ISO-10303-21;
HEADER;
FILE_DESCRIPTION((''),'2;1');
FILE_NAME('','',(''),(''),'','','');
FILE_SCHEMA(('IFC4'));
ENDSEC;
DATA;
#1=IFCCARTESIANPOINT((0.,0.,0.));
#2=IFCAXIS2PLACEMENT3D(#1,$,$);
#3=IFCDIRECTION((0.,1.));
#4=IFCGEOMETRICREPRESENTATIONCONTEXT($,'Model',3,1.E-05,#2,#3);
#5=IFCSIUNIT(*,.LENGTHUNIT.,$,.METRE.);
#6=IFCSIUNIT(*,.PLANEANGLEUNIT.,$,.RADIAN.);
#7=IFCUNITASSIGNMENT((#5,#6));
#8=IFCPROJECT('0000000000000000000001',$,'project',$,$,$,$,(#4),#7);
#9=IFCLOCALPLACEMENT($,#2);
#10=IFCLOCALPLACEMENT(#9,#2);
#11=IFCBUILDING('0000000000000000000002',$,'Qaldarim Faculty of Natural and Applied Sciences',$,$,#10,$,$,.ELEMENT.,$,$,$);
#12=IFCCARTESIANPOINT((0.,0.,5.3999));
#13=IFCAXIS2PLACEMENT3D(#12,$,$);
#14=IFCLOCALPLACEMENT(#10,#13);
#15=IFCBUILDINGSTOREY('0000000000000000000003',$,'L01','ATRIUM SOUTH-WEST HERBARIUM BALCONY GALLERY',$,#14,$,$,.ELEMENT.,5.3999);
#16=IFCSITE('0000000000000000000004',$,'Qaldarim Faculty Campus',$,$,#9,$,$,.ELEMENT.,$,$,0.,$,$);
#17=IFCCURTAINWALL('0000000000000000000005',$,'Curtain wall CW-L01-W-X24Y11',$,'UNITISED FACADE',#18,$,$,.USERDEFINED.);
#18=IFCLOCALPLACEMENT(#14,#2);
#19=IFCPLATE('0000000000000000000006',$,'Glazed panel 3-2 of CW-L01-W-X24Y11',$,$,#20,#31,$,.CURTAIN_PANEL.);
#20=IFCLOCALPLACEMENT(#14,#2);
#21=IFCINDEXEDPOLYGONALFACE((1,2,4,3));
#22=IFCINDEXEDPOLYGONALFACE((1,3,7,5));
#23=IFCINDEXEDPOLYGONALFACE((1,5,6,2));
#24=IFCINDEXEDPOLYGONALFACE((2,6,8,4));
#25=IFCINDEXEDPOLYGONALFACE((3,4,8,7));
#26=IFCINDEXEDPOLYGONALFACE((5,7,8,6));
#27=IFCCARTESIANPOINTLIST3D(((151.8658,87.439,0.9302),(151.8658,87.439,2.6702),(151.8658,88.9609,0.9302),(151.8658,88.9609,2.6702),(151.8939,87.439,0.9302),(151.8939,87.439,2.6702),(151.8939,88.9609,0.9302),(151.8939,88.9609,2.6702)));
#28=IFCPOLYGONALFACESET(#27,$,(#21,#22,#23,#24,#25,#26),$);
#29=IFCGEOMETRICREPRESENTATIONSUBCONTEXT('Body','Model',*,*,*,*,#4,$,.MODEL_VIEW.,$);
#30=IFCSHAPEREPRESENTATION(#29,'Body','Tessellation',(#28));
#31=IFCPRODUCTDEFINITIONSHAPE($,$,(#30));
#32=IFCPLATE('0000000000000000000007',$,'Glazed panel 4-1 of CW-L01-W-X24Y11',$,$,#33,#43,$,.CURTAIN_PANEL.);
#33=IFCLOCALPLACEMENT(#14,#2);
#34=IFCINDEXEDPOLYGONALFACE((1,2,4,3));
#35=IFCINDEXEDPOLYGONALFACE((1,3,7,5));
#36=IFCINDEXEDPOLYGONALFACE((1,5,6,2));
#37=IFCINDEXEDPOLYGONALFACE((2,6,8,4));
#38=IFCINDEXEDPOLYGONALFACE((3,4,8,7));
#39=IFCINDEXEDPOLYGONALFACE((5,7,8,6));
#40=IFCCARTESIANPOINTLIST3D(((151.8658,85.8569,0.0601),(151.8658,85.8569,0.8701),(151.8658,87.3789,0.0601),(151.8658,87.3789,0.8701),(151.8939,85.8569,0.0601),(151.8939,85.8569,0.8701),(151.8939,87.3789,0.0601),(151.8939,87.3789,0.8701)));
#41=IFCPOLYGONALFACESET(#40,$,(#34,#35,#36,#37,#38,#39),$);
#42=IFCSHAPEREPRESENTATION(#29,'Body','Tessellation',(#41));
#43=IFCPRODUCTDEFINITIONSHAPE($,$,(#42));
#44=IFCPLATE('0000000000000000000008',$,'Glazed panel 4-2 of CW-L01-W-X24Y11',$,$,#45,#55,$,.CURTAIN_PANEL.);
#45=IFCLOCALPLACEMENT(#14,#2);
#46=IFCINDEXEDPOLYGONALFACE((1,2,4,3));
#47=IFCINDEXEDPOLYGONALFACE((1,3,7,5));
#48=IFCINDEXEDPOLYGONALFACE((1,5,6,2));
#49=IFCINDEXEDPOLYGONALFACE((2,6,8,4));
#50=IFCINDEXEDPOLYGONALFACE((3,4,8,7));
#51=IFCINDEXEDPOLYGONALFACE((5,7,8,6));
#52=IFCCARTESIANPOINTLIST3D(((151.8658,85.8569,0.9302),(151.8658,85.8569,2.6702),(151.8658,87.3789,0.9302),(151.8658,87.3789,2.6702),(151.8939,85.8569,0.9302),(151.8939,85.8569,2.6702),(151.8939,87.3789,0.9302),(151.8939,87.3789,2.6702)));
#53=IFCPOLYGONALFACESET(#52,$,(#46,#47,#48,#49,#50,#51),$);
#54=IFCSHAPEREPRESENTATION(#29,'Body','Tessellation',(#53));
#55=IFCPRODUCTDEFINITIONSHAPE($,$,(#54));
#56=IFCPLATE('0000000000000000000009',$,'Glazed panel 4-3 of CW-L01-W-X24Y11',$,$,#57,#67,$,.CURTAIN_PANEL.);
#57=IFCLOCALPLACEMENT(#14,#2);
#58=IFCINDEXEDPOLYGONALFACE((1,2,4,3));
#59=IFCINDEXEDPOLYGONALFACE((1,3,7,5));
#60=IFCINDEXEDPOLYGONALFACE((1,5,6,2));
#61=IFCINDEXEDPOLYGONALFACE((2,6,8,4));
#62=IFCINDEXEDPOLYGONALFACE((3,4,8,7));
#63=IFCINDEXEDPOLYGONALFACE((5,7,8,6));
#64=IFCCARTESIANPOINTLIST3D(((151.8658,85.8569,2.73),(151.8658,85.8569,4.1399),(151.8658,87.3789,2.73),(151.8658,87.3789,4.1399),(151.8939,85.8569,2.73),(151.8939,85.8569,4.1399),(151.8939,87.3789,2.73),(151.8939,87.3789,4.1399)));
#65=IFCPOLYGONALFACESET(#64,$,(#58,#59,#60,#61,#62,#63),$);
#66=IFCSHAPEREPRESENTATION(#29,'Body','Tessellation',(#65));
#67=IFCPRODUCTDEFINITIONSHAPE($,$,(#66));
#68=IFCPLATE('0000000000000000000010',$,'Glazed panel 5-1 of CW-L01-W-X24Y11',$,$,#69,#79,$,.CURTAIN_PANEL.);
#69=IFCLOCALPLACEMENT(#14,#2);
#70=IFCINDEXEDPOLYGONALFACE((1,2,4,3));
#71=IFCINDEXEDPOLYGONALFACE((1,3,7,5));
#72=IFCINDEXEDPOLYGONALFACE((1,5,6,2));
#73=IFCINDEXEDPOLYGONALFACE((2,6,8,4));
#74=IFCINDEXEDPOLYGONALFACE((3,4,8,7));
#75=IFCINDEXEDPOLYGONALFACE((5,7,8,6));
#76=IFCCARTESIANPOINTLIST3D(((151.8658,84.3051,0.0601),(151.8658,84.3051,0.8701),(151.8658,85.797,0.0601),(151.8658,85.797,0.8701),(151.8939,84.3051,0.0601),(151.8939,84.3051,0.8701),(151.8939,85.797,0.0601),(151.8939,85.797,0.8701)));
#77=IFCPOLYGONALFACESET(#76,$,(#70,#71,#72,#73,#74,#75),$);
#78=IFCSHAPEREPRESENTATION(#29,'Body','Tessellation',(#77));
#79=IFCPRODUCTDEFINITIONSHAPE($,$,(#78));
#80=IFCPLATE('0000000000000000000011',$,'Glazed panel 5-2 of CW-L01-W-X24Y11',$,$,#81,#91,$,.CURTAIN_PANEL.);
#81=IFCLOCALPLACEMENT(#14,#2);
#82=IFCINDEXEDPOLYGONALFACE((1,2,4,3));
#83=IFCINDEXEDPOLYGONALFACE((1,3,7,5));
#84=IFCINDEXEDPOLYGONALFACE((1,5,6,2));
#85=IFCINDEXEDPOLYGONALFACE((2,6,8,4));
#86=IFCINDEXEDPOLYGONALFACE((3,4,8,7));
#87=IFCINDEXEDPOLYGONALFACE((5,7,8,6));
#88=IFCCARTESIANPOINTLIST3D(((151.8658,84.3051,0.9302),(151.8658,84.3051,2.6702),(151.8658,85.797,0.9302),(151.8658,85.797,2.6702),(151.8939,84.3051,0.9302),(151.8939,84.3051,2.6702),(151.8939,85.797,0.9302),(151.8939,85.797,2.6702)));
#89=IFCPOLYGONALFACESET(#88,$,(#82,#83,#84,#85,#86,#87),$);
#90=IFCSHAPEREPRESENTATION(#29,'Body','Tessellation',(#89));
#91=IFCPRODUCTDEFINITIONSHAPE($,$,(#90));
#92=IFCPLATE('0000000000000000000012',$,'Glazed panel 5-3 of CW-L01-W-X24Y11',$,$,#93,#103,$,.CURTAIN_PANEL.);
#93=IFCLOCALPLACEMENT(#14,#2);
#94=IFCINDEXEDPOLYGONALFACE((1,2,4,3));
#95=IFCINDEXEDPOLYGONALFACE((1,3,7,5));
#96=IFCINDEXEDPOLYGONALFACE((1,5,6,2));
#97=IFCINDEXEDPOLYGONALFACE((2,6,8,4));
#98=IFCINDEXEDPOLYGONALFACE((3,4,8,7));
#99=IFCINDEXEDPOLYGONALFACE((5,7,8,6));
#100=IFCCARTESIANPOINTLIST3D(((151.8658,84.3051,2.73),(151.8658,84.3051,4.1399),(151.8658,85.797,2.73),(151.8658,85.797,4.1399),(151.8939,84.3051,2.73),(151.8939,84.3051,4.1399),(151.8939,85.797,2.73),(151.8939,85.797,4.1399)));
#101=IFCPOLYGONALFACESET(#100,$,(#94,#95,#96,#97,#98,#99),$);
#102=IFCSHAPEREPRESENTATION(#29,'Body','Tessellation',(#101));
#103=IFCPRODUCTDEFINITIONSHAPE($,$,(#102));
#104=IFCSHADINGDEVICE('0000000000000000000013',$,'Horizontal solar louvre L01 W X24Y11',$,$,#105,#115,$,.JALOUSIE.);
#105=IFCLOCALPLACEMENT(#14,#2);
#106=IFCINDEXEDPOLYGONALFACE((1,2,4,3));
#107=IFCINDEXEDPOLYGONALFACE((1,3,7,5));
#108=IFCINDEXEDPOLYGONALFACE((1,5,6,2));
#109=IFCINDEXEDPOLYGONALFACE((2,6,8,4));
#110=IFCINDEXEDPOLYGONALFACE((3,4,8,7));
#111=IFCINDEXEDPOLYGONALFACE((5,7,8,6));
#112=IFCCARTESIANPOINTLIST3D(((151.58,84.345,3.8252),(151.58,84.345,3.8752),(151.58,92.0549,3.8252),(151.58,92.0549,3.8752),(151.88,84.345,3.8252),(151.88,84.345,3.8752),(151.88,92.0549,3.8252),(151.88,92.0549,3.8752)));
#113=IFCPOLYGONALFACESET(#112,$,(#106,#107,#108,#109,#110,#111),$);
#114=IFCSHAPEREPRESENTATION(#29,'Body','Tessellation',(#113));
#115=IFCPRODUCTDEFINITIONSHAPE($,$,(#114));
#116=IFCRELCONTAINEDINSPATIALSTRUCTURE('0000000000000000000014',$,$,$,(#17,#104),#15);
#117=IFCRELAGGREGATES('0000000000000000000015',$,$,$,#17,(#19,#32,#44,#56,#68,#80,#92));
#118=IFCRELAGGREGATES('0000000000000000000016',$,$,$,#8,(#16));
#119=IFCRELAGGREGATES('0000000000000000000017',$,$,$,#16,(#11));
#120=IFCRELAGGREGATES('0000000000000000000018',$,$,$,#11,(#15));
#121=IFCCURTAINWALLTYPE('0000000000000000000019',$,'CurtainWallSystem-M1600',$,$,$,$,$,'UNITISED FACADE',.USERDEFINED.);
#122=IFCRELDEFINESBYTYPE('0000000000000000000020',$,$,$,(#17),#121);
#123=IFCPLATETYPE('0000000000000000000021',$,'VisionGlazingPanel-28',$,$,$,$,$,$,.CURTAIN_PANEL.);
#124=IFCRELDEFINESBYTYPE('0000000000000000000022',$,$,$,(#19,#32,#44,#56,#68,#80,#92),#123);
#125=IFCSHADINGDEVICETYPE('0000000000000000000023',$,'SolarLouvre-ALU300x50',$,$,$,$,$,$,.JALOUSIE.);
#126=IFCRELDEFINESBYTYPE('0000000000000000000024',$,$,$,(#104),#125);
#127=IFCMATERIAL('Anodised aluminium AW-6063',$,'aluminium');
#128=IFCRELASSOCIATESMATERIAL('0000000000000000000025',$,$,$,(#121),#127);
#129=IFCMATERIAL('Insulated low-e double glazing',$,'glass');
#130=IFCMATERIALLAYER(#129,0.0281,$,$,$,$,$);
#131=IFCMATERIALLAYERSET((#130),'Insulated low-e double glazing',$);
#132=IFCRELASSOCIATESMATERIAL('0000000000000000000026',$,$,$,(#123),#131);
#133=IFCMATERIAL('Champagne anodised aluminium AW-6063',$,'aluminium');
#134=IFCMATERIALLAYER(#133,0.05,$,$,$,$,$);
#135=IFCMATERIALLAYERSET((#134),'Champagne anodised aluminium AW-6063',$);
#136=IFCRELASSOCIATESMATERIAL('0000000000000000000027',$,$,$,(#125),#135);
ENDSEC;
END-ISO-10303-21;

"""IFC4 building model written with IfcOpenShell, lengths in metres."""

from ifc_helpers import new_model, si_unit, direction, frame, origin, origin_2d, place, context, subcontext, project, spatial, rectangle, extrude, material, layer, layer_set, type_object, element, aggregate, save


model = new_model("IFC4")

# Units and contexts
model_context = context("Model", 3, precision=1e-05, world=origin(), true_north=direction((0.0, 1.0)))
body_context = subcontext(model_context, "Body", "Model", "MODEL_VIEW")
ifc_project = project(units=[si_unit("LENGTHUNIT", "METRE"), si_unit("PLANEANGLEUNIT", "RADIAN")], contexts=[model_context])

# Site, building, storey
site_placement = place(None, origin())
site = spatial("IfcSite", under=ifc_project, at=site_placement, Name="Qaldarim Faculty Campus", CompositionType="ELEMENT", RefElevation=0.0)
building_placement = place(site_placement, origin())
building = spatial("IfcBuilding", under=site, at=building_placement, Name="Qaldarim Faculty of Natural and Applied Sciences", CompositionType="ELEMENT")
storey_placement = place(building_placement, frame((0.0, 0.0, 5.3999)))
storey = spatial("IfcBuildingStorey", under=building, at=storey_placement, Name="L01", Description="ATRIUM SOUTH-WEST HERBARIUM BALCONY GALLERY", CompositionType="ELEMENT", Elevation=5.3999)

# Curtain wall, plates
ifc_material_1 = material(Name="Anodised aluminium AW-6063", Category="aluminium")
curtain_wall_type = type_object("IfcCurtainWallType", Name="CurtainWallSystem-M1600", ElementType="UNITISED FACADE", PredefinedType="USERDEFINED", material=ifc_material_1)
curtain_wall_placement = place(storey_placement, origin())
curtain_wall = element("IfcCurtainWall", 1, at=curtain_wall_placement, inside=storey, type_object=curtain_wall_type, Name="Curtain wall CW-L01-W-X24Y11", ObjectType="UNITISED FACADE", PredefinedType="USERDEFINED")
ifc_material_2 = material(Name="Insulated low-e double glazing", Category="glass")
ifc_layer_1 = layer(ifc_material_2, 0.0281)
ifc_layer_set_1 = layer_set([ifc_layer_1], Name="Insulated low-e double glazing")
plate_type = type_object("IfcPlateType", Name="VisionGlazingPanel-28", PredefinedType="CURTAIN_PANEL", material=ifc_layer_set_1)
plate_1_placement = place(storey_placement, frame((151.8799, 88.2, 0.9302), z_axis=(0.0, 0.0, 1.0), x_axis=(0.0, -1.0, 0.0)))
plate_1 = element("IfcPlate", 2, at=plate_1_placement, type_object=plate_type, Name="Glazed panel 3-2 of CW-L01-W-X24Y11", PredefinedType="CURTAIN_PANEL", context=body_context, shape_type="SweptSolid", body=[
    extrude(rectangle(XDim=1.522, YDim=0.0281, at=origin_2d()), origin(), (0.0, 0.0, 1.0), 1.74),
])
plate_2_placement = place(storey_placement, frame((151.8799, 86.6179, 0.0601), z_axis=(0.0, 0.0, 1.0), x_axis=(0.0, -1.0, 0.0)))
plate_2 = element("IfcPlate", 3, at=plate_2_placement, type_object=plate_type, Name="Glazed panel 4-1 of CW-L01-W-X24Y11", PredefinedType="CURTAIN_PANEL", context=body_context, shape_type="SweptSolid", body=[
    extrude(rectangle(XDim=1.522, YDim=0.0281, at=origin_2d()), origin(), (0.0, 0.0, 1.0), 0.8101),
])
plate_3_placement = place(storey_placement, frame((151.8799, 86.6179, 0.9302), z_axis=(0.0, 0.0, 1.0), x_axis=(0.0, -1.0, 0.0)))
plate_3 = element("IfcPlate", 4, at=plate_3_placement, type_object=plate_type, Name="Glazed panel 4-2 of CW-L01-W-X24Y11", PredefinedType="CURTAIN_PANEL", context=body_context, shape_type="SweptSolid", body=[
    extrude(rectangle(XDim=1.522, YDim=0.0281, at=origin_2d()), origin(), (0.0, 0.0, 1.0), 1.74),
])
plate_4_placement = place(storey_placement, frame((151.8799, 86.6179, 2.73), z_axis=(0.0, 0.0, 1.0), x_axis=(0.0, -1.0, 0.0)))
plate_4 = element("IfcPlate", 5, at=plate_4_placement, type_object=plate_type, Name="Glazed panel 4-3 of CW-L01-W-X24Y11", PredefinedType="CURTAIN_PANEL", context=body_context, shape_type="SweptSolid", body=[
    extrude(rectangle(XDim=1.522, YDim=0.0281, at=origin_2d()), origin(), (0.0, 0.0, 1.0), 1.4099),
])
plate_5_placement = place(storey_placement, frame((151.8799, 85.051, 0.0601), z_axis=(0.0, 0.0, 1.0), x_axis=(0.0, -1.0, 0.0)))
plate_5 = element("IfcPlate", 6, at=plate_5_placement, type_object=plate_type, Name="Glazed panel 5-1 of CW-L01-W-X24Y11", PredefinedType="CURTAIN_PANEL", context=body_context, shape_type="SweptSolid", body=[
    extrude(rectangle(XDim=1.4919, YDim=0.0281, at=origin_2d()), origin(), (0.0, 0.0, 1.0), 0.8101),
])
plate_6_placement = place(storey_placement, frame((151.8799, 85.051, 0.9302), z_axis=(0.0, 0.0, 1.0), x_axis=(0.0, -1.0, 0.0)))
plate_6 = element("IfcPlate", 7, at=plate_6_placement, type_object=plate_type, Name="Glazed panel 5-2 of CW-L01-W-X24Y11", PredefinedType="CURTAIN_PANEL", context=body_context, shape_type="SweptSolid", body=[
    extrude(rectangle(XDim=1.4919, YDim=0.0281, at=origin_2d()), origin(), (0.0, 0.0, 1.0), 1.74),
])
plate_7_placement = place(storey_placement, frame((151.8799, 85.051, 2.73), z_axis=(0.0, 0.0, 1.0), x_axis=(0.0, -1.0, 0.0)))
plate_7 = element("IfcPlate", 8, at=plate_7_placement, type_object=plate_type, Name="Glazed panel 5-3 of CW-L01-W-X24Y11", PredefinedType="CURTAIN_PANEL", context=body_context, shape_type="SweptSolid", body=[
    extrude(rectangle(XDim=1.4919, YDim=0.0281, at=origin_2d()), origin(), (0.0, 0.0, 1.0), 1.4099),
])
aggregate(curtain_wall, [plate_1, plate_2, plate_3, plate_4, plate_5, plate_6, plate_7])

# Shading device
ifc_material_3 = material(Name="Champagne anodised aluminium AW-6063", Category="aluminium")
ifc_layer_2 = layer(ifc_material_3, 0.05)
ifc_layer_set_2 = layer_set([ifc_layer_2], Name="Champagne anodised aluminium AW-6063")
shading_device_type = type_object("IfcShadingDeviceType", Name="SolarLouvre-ALU300x50", PredefinedType="JALOUSIE", material=ifc_layer_set_2)
shading_device_placement = place(storey_placement, frame((151.73, 88.2, 3.8252), z_axis=(0.0, 0.0, 1.0), x_axis=(0.0, 1.0, 0.0)))
element("IfcShadingDevice", 9, at=shading_device_placement, inside=storey, type_object=shading_device_type, Name="Horizontal solar louvre L01 W X24Y11", PredefinedType="JALOUSIE", context=body_context, shape_type="SweptSolid", body=[
    extrude(rectangle(XDim=7.71, YDim=0.3, at=origin_2d()), origin(), (0.0, 0.0, 1.0), 0.05),
])

save(model, "model.ifc")
